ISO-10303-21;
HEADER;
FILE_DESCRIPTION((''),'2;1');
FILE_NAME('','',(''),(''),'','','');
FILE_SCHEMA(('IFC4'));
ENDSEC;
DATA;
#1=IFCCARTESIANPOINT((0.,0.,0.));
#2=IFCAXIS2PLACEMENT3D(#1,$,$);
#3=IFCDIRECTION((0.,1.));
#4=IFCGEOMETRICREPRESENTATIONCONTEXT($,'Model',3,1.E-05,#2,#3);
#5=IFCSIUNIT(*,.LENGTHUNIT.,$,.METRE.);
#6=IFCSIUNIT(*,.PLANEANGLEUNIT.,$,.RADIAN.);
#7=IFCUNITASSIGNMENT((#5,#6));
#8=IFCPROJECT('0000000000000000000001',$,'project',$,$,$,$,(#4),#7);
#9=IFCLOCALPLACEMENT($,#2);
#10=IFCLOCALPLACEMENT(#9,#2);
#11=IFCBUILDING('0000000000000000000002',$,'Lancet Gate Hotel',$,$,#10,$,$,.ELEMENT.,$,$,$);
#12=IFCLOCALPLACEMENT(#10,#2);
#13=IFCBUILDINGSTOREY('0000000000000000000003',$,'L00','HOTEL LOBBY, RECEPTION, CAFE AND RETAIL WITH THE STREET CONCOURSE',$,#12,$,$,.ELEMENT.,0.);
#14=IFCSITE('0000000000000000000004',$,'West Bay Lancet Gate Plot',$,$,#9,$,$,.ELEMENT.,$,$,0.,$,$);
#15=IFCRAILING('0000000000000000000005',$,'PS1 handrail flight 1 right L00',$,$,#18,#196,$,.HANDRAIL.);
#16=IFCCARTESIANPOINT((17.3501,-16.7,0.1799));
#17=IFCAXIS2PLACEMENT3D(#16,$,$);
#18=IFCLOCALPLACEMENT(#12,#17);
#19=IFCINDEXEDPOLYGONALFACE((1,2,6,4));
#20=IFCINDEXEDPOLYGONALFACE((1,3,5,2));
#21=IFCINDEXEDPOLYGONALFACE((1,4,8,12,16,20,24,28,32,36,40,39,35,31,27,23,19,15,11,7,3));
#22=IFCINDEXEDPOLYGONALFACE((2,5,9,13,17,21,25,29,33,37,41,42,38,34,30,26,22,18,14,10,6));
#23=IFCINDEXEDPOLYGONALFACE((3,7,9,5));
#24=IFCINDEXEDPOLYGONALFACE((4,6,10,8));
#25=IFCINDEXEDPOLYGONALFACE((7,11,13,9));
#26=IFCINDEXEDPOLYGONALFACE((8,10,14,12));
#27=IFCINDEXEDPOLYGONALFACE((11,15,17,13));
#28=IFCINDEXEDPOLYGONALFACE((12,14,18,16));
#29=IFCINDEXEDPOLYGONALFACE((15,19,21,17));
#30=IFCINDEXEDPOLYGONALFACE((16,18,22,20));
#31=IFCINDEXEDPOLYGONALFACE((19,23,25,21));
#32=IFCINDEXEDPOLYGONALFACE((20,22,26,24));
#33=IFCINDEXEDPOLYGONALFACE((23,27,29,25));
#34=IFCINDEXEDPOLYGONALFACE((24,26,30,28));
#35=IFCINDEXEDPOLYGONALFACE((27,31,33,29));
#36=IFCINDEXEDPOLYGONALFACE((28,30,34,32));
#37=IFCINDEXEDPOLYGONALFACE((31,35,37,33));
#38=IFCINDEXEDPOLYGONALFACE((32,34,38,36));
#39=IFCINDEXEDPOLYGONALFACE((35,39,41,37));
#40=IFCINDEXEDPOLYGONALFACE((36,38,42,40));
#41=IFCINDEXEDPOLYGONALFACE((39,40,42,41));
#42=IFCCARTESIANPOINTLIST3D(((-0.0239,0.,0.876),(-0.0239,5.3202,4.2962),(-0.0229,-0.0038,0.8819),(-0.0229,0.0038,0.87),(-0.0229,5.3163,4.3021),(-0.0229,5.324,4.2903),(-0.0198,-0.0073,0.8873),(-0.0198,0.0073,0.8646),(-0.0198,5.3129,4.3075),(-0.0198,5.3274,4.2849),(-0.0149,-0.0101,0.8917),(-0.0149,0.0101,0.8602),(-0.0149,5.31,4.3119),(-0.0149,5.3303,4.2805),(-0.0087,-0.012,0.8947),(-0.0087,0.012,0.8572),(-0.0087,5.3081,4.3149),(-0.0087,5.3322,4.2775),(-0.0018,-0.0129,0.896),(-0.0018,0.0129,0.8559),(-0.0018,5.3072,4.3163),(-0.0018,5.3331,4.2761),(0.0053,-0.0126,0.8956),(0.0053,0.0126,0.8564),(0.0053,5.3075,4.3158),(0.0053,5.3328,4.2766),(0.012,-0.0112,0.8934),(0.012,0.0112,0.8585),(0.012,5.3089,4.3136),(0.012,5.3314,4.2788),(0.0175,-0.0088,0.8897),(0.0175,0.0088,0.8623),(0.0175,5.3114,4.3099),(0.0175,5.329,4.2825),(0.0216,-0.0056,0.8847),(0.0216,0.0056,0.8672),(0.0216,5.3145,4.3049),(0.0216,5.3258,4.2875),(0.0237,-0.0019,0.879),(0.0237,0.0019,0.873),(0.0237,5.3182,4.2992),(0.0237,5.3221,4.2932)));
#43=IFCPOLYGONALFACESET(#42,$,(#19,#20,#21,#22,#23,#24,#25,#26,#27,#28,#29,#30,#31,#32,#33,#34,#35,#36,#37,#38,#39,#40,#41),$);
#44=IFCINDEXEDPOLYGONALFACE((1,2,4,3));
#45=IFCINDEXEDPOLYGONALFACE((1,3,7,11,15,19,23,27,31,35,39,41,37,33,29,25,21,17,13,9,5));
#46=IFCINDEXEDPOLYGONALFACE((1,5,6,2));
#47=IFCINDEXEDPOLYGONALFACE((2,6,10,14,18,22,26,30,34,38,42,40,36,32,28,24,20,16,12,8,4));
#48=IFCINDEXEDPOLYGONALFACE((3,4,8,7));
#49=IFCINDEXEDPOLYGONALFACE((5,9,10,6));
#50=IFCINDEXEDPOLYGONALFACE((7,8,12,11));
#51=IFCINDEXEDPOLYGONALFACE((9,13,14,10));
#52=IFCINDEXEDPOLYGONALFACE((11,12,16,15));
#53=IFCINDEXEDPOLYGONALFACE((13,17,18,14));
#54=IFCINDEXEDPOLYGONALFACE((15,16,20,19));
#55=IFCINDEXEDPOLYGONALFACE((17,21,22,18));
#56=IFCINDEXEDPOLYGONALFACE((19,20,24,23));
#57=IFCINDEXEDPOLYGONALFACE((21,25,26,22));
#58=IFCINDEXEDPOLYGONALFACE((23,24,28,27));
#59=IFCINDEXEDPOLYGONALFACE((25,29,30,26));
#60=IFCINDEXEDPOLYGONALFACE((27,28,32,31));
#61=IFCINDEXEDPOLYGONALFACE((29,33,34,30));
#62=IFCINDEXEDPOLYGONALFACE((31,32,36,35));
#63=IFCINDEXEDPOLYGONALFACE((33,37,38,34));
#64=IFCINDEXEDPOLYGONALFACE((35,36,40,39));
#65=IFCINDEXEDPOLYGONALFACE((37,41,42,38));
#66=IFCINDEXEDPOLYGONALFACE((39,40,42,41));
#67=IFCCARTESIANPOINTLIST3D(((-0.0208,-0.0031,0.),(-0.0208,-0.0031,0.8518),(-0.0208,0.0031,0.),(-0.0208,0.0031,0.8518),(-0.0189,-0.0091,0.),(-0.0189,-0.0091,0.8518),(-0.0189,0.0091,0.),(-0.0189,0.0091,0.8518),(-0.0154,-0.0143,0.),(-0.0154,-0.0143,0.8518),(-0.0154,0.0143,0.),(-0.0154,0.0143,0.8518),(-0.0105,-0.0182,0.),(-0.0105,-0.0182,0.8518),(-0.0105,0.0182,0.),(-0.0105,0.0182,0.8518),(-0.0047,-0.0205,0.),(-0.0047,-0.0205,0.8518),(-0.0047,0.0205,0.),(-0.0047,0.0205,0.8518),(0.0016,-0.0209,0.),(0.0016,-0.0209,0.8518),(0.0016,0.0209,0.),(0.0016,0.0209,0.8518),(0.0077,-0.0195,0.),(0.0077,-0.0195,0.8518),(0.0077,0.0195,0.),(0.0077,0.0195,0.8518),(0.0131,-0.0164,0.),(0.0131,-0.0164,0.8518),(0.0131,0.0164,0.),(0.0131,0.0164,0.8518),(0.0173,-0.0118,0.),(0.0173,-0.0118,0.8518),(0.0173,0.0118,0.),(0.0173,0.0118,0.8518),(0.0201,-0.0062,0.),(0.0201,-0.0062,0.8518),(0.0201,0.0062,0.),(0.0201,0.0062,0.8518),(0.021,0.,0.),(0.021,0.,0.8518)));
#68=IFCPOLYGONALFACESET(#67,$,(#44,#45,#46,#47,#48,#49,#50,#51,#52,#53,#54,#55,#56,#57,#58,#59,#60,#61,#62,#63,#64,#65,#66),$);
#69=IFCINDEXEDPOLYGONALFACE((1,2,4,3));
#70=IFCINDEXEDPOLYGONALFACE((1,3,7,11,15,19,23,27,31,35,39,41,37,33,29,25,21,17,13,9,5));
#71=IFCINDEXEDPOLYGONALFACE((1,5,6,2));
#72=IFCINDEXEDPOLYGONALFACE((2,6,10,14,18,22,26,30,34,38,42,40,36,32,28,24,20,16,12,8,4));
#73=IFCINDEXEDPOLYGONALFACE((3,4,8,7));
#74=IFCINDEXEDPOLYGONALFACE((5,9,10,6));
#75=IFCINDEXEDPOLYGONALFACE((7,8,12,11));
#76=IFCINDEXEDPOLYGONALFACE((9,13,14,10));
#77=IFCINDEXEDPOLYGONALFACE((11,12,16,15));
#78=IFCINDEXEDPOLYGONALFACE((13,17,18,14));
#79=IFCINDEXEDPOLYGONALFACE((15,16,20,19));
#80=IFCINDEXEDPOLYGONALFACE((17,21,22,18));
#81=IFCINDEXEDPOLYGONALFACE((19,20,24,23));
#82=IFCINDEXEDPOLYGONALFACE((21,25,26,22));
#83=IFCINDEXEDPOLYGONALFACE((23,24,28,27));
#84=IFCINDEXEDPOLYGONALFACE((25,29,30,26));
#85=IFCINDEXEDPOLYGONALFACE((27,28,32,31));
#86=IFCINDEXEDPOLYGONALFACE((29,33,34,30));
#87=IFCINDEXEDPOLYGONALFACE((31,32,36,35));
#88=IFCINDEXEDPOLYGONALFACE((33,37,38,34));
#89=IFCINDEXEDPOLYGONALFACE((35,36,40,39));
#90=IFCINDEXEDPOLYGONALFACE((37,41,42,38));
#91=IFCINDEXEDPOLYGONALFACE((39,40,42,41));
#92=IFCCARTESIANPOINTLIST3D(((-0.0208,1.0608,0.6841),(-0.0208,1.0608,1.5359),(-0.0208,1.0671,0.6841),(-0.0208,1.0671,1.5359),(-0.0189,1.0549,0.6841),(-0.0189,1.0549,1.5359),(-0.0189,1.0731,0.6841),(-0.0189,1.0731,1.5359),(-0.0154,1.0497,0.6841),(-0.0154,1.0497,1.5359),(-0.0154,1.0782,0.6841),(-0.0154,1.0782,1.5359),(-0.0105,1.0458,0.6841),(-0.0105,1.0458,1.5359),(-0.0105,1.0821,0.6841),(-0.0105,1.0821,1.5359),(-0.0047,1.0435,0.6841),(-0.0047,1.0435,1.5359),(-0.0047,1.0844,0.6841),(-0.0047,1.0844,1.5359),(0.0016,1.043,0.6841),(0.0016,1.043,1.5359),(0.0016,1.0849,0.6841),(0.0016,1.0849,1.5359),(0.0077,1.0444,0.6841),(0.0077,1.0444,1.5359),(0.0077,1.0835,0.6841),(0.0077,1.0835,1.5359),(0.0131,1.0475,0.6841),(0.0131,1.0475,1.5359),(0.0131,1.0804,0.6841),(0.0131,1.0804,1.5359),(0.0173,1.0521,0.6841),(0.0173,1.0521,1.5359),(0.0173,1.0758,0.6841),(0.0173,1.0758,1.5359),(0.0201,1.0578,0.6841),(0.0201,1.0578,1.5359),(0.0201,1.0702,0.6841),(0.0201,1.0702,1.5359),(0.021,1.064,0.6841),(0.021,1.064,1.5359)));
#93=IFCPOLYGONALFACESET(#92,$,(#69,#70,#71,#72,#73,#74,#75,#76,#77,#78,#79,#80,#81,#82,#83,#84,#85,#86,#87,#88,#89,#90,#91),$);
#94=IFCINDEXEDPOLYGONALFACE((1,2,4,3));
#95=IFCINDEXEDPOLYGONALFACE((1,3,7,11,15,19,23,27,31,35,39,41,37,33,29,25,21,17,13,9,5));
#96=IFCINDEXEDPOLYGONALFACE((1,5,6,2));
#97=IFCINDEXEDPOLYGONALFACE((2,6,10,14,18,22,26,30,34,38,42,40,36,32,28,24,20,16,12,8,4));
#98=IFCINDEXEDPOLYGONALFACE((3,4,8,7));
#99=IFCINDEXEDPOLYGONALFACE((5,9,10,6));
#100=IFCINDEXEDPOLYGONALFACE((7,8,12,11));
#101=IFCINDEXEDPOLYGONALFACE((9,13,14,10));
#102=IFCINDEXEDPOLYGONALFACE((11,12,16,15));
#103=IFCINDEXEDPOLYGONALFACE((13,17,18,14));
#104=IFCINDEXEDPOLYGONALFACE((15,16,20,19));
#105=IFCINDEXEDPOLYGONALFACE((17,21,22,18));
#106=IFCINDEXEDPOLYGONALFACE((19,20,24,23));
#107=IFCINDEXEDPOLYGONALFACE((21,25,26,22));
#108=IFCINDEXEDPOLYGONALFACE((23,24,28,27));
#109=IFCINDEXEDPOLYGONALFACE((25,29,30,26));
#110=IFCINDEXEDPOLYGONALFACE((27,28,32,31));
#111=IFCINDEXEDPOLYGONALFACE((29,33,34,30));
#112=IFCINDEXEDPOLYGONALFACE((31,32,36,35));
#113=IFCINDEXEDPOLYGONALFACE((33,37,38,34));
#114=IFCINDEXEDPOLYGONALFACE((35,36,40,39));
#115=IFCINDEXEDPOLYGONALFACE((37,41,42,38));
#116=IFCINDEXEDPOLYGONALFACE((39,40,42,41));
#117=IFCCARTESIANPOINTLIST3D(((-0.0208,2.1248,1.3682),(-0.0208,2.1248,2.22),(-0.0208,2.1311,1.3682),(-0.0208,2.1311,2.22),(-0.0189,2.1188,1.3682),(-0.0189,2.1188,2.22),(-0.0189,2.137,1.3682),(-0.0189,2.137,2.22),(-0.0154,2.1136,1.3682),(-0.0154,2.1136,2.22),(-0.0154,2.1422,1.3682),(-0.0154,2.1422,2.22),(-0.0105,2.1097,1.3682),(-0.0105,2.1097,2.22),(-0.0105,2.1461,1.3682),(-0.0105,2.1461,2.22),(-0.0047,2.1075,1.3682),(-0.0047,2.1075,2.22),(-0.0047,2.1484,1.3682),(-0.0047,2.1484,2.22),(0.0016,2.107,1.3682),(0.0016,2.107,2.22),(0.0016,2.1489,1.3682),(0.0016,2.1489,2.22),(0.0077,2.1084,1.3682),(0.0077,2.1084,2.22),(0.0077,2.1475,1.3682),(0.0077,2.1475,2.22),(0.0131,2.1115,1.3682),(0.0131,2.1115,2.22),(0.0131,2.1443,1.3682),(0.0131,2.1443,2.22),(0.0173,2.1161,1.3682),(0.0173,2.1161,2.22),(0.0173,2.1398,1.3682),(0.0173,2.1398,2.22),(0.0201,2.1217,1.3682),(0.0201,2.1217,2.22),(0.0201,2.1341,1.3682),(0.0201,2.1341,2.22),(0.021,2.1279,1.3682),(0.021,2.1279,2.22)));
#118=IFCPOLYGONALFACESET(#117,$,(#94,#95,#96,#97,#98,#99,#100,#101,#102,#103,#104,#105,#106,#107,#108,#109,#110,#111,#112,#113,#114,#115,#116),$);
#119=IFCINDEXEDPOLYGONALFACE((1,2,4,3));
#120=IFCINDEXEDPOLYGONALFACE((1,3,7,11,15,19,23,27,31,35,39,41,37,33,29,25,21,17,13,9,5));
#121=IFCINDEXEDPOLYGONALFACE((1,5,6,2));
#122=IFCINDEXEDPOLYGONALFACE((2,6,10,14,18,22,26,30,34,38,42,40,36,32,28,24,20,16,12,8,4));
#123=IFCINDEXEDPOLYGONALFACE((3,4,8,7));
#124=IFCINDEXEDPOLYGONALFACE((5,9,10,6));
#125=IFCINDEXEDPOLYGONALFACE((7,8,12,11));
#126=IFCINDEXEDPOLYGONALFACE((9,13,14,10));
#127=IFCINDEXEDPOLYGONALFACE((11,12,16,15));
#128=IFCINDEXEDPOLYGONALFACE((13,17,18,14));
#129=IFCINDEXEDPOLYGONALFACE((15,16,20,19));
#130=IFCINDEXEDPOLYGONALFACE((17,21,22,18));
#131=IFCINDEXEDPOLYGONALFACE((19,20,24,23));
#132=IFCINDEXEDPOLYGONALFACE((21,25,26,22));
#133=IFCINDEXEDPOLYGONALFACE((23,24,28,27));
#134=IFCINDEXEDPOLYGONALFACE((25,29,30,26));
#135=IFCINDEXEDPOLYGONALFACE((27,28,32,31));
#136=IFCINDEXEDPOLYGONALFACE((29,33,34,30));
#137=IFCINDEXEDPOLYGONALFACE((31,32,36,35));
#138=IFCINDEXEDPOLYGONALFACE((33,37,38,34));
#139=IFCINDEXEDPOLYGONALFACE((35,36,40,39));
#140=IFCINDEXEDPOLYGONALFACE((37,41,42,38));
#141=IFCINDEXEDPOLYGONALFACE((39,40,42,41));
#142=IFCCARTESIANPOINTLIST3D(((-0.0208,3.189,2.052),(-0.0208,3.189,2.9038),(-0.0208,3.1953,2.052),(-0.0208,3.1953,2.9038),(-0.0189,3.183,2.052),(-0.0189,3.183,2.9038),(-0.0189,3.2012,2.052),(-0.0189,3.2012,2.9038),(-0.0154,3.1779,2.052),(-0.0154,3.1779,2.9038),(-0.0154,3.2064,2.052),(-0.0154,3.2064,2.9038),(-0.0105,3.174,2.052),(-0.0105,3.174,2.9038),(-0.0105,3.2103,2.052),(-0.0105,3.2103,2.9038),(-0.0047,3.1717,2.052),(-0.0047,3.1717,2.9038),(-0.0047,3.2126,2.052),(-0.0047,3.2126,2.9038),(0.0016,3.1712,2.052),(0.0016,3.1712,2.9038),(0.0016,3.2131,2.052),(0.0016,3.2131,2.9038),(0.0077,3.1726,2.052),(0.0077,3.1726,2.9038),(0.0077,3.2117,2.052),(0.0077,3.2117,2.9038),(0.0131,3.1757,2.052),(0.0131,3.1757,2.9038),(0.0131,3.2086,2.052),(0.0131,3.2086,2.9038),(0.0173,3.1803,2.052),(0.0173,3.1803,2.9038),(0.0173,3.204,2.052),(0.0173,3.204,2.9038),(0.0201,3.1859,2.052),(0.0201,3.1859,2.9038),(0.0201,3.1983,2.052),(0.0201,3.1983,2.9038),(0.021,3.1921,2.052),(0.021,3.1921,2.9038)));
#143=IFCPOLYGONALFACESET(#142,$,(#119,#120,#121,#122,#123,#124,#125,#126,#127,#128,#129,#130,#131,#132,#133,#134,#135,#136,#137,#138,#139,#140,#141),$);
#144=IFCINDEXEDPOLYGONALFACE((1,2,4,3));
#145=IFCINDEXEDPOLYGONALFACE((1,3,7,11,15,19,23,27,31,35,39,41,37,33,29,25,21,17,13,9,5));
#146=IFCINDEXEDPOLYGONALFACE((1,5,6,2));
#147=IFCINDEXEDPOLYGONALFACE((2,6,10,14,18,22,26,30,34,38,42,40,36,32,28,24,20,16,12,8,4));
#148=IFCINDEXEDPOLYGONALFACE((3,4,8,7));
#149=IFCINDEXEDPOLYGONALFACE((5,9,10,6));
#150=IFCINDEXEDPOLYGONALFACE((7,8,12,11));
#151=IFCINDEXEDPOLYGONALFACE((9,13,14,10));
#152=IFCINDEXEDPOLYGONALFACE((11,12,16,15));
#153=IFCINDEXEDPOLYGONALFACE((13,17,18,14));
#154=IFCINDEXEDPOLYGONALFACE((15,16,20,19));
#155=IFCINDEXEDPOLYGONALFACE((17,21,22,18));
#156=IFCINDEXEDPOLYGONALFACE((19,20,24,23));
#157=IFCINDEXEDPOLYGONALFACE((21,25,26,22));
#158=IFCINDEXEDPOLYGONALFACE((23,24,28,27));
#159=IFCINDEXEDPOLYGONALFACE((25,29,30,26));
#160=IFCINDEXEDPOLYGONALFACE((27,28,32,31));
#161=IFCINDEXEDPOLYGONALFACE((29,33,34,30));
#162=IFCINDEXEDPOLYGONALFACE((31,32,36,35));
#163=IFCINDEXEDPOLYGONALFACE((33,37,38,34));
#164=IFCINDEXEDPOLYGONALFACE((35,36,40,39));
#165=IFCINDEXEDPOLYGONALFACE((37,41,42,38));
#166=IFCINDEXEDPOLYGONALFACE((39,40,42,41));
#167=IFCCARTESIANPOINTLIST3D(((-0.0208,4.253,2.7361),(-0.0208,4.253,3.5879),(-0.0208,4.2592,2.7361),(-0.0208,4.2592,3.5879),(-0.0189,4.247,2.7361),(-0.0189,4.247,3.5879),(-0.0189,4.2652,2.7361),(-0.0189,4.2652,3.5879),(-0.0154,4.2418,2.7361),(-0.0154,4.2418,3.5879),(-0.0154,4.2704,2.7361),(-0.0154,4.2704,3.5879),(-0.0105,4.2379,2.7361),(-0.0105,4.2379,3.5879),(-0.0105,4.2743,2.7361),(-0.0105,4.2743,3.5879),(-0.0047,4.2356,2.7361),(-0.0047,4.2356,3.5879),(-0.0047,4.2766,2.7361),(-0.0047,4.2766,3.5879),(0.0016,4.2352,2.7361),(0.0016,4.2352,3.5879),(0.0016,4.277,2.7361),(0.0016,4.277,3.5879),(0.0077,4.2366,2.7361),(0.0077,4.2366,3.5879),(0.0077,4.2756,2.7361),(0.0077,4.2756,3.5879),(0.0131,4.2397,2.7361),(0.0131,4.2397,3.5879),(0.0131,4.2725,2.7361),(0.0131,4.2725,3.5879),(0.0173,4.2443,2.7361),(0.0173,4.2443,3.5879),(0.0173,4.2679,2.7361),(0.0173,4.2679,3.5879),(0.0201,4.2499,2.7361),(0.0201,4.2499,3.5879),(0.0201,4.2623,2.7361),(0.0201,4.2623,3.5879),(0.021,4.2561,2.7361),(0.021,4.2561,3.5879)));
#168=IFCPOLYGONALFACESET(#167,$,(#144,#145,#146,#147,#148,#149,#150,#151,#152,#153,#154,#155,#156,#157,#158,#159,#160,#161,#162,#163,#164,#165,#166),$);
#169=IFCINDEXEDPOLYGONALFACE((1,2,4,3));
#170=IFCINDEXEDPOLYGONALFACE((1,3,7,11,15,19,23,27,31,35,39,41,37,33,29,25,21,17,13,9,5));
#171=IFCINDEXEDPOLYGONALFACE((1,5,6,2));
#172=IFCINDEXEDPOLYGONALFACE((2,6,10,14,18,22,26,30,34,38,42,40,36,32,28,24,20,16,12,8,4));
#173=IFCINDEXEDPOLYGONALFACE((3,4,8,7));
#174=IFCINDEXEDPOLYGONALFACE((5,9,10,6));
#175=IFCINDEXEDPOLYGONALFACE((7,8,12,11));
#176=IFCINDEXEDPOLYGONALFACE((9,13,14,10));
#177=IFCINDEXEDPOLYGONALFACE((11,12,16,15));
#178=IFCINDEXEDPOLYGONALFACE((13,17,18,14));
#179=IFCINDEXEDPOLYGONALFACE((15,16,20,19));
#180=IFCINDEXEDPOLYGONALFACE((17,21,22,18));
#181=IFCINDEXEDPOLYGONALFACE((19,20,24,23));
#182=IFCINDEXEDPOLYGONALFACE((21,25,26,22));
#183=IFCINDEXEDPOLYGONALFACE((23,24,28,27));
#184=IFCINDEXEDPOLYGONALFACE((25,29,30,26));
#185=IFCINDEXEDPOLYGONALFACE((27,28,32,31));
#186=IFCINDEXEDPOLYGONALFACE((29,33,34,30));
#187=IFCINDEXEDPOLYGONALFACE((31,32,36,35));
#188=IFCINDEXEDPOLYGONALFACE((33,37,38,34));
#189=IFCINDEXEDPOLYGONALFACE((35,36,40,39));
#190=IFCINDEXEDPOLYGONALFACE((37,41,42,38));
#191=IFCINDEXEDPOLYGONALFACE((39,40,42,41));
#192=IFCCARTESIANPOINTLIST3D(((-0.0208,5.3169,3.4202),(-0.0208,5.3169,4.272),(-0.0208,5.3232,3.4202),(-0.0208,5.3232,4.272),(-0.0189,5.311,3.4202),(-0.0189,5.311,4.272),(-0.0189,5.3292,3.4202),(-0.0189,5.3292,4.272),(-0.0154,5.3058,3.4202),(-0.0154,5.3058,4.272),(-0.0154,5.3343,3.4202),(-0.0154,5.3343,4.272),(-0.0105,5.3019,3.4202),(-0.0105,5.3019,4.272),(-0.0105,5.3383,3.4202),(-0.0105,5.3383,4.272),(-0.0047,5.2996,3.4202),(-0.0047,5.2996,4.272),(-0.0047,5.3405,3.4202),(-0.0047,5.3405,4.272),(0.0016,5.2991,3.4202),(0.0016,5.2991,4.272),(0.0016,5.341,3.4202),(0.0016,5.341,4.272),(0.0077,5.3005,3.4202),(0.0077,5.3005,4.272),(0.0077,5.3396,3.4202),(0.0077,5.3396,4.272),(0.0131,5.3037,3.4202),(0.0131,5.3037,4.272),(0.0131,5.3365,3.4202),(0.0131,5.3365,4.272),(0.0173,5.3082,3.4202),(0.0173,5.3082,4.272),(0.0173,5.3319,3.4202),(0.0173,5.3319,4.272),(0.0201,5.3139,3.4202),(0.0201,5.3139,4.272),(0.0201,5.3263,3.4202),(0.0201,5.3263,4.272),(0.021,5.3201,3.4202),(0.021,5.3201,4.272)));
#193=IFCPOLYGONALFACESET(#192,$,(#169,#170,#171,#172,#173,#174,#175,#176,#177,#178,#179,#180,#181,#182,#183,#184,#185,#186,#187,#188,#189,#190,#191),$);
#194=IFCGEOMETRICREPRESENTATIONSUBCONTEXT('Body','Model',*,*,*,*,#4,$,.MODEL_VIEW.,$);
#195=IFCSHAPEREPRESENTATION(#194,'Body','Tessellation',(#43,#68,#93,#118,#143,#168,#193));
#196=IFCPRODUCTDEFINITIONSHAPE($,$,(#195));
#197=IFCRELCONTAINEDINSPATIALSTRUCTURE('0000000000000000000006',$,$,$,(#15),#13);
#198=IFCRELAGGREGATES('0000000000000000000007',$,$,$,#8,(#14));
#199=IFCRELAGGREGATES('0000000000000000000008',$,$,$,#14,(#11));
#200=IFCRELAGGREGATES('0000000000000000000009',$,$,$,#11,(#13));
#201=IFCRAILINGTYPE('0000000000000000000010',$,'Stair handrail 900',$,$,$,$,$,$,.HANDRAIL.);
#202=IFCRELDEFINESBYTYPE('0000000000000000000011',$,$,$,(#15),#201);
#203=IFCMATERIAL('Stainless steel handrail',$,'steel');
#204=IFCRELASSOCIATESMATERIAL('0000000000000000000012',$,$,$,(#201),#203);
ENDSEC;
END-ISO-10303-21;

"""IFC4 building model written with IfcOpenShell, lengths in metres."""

from ifc_helpers import new_model, si_unit, direction, frame, origin, origin_2d, place, context, subcontext, project, spatial, circle, extrude, material, type_object, element, save


model = new_model("IFC4")

# Units and contexts
model_context = context("Model", 3, precision=1e-05, world=origin(), true_north=direction((0.0, 1.0)))
body_context = subcontext(model_context, "Body", "Model", "MODEL_VIEW")
ifc_project = project(units=[si_unit("LENGTHUNIT", "METRE"), si_unit("PLANEANGLEUNIT", "RADIAN")], contexts=[model_context])

# Site, building, storey
site_placement = place(None, origin())
site = spatial("IfcSite", under=ifc_project, at=site_placement, Name="West Bay Lancet Gate Plot", CompositionType="ELEMENT", RefElevation=0.0)
building_placement = place(site_placement, origin())
building = spatial("IfcBuilding", under=site, at=building_placement, Name="Lancet Gate Hotel", CompositionType="ELEMENT")
storey_placement = place(building_placement, origin())
storey = spatial("IfcBuildingStorey", under=building, at=storey_placement, Name="L00", Description="HOTEL LOBBY, RECEPTION, CAFE AND RETAIL WITH THE STREET CONCOURSE", CompositionType="ELEMENT", Elevation=0.0)

# Railing
ifc_material_1 = material(Name="Stainless steel handrail", Category="steel")
railing_type_1 = type_object("IfcRailingType", Name="Stair handrail 900", PredefinedType="HANDRAIL", material=ifc_material_1)
for number, where, name in (
    (1, (17.3501, -16.7, 0.1799), "PS1 handrail flight 1 right L00"),
):
    element("IfcRailing", number, at=place(storey_placement, frame(where)), inside=storey, type_object=railing_type_1, Name=name, PredefinedType="HANDRAIL", context=body_context, shape_type="SweptSolid", body=[
        extrude(circle(Radius=0.0239, at=origin_2d()), frame((0.0, 0.0, 0.876), z_axis=(0.0, 0.84117, 0.540771), x_axis=(-1.0, 0.0, 0.0)), (0.0, 0.0, 1.0), 6.3247),
        extrude(circle(Radius=0.021, at=origin_2d()), origin(), (0.0, 0.0, 1.0), 0.8518),
        extrude(circle(Radius=0.021, at=origin_2d()), frame((0.0, 1.064, 0.6841)), (0.0, 0.0, 1.0), 0.8518),
        extrude(circle(Radius=0.021, at=origin_2d()), frame((0.0, 2.1279, 1.3682)), (0.0, 0.0, 1.0), 0.8518),
        extrude(circle(Radius=0.021, at=origin_2d()), frame((0.0, 3.1921, 2.052)), (0.0, 0.0, 1.0), 0.8518),
        extrude(circle(Radius=0.021, at=origin_2d()), frame((0.0, 4.2561, 2.7361)), (0.0, 0.0, 1.0), 0.8518),
        extrude(circle(Radius=0.021, at=origin_2d()), frame((0.0, 5.3201, 3.4202)), (0.0, 0.0, 1.0), 0.8518),
    ])

save(model, "model.ifc")
